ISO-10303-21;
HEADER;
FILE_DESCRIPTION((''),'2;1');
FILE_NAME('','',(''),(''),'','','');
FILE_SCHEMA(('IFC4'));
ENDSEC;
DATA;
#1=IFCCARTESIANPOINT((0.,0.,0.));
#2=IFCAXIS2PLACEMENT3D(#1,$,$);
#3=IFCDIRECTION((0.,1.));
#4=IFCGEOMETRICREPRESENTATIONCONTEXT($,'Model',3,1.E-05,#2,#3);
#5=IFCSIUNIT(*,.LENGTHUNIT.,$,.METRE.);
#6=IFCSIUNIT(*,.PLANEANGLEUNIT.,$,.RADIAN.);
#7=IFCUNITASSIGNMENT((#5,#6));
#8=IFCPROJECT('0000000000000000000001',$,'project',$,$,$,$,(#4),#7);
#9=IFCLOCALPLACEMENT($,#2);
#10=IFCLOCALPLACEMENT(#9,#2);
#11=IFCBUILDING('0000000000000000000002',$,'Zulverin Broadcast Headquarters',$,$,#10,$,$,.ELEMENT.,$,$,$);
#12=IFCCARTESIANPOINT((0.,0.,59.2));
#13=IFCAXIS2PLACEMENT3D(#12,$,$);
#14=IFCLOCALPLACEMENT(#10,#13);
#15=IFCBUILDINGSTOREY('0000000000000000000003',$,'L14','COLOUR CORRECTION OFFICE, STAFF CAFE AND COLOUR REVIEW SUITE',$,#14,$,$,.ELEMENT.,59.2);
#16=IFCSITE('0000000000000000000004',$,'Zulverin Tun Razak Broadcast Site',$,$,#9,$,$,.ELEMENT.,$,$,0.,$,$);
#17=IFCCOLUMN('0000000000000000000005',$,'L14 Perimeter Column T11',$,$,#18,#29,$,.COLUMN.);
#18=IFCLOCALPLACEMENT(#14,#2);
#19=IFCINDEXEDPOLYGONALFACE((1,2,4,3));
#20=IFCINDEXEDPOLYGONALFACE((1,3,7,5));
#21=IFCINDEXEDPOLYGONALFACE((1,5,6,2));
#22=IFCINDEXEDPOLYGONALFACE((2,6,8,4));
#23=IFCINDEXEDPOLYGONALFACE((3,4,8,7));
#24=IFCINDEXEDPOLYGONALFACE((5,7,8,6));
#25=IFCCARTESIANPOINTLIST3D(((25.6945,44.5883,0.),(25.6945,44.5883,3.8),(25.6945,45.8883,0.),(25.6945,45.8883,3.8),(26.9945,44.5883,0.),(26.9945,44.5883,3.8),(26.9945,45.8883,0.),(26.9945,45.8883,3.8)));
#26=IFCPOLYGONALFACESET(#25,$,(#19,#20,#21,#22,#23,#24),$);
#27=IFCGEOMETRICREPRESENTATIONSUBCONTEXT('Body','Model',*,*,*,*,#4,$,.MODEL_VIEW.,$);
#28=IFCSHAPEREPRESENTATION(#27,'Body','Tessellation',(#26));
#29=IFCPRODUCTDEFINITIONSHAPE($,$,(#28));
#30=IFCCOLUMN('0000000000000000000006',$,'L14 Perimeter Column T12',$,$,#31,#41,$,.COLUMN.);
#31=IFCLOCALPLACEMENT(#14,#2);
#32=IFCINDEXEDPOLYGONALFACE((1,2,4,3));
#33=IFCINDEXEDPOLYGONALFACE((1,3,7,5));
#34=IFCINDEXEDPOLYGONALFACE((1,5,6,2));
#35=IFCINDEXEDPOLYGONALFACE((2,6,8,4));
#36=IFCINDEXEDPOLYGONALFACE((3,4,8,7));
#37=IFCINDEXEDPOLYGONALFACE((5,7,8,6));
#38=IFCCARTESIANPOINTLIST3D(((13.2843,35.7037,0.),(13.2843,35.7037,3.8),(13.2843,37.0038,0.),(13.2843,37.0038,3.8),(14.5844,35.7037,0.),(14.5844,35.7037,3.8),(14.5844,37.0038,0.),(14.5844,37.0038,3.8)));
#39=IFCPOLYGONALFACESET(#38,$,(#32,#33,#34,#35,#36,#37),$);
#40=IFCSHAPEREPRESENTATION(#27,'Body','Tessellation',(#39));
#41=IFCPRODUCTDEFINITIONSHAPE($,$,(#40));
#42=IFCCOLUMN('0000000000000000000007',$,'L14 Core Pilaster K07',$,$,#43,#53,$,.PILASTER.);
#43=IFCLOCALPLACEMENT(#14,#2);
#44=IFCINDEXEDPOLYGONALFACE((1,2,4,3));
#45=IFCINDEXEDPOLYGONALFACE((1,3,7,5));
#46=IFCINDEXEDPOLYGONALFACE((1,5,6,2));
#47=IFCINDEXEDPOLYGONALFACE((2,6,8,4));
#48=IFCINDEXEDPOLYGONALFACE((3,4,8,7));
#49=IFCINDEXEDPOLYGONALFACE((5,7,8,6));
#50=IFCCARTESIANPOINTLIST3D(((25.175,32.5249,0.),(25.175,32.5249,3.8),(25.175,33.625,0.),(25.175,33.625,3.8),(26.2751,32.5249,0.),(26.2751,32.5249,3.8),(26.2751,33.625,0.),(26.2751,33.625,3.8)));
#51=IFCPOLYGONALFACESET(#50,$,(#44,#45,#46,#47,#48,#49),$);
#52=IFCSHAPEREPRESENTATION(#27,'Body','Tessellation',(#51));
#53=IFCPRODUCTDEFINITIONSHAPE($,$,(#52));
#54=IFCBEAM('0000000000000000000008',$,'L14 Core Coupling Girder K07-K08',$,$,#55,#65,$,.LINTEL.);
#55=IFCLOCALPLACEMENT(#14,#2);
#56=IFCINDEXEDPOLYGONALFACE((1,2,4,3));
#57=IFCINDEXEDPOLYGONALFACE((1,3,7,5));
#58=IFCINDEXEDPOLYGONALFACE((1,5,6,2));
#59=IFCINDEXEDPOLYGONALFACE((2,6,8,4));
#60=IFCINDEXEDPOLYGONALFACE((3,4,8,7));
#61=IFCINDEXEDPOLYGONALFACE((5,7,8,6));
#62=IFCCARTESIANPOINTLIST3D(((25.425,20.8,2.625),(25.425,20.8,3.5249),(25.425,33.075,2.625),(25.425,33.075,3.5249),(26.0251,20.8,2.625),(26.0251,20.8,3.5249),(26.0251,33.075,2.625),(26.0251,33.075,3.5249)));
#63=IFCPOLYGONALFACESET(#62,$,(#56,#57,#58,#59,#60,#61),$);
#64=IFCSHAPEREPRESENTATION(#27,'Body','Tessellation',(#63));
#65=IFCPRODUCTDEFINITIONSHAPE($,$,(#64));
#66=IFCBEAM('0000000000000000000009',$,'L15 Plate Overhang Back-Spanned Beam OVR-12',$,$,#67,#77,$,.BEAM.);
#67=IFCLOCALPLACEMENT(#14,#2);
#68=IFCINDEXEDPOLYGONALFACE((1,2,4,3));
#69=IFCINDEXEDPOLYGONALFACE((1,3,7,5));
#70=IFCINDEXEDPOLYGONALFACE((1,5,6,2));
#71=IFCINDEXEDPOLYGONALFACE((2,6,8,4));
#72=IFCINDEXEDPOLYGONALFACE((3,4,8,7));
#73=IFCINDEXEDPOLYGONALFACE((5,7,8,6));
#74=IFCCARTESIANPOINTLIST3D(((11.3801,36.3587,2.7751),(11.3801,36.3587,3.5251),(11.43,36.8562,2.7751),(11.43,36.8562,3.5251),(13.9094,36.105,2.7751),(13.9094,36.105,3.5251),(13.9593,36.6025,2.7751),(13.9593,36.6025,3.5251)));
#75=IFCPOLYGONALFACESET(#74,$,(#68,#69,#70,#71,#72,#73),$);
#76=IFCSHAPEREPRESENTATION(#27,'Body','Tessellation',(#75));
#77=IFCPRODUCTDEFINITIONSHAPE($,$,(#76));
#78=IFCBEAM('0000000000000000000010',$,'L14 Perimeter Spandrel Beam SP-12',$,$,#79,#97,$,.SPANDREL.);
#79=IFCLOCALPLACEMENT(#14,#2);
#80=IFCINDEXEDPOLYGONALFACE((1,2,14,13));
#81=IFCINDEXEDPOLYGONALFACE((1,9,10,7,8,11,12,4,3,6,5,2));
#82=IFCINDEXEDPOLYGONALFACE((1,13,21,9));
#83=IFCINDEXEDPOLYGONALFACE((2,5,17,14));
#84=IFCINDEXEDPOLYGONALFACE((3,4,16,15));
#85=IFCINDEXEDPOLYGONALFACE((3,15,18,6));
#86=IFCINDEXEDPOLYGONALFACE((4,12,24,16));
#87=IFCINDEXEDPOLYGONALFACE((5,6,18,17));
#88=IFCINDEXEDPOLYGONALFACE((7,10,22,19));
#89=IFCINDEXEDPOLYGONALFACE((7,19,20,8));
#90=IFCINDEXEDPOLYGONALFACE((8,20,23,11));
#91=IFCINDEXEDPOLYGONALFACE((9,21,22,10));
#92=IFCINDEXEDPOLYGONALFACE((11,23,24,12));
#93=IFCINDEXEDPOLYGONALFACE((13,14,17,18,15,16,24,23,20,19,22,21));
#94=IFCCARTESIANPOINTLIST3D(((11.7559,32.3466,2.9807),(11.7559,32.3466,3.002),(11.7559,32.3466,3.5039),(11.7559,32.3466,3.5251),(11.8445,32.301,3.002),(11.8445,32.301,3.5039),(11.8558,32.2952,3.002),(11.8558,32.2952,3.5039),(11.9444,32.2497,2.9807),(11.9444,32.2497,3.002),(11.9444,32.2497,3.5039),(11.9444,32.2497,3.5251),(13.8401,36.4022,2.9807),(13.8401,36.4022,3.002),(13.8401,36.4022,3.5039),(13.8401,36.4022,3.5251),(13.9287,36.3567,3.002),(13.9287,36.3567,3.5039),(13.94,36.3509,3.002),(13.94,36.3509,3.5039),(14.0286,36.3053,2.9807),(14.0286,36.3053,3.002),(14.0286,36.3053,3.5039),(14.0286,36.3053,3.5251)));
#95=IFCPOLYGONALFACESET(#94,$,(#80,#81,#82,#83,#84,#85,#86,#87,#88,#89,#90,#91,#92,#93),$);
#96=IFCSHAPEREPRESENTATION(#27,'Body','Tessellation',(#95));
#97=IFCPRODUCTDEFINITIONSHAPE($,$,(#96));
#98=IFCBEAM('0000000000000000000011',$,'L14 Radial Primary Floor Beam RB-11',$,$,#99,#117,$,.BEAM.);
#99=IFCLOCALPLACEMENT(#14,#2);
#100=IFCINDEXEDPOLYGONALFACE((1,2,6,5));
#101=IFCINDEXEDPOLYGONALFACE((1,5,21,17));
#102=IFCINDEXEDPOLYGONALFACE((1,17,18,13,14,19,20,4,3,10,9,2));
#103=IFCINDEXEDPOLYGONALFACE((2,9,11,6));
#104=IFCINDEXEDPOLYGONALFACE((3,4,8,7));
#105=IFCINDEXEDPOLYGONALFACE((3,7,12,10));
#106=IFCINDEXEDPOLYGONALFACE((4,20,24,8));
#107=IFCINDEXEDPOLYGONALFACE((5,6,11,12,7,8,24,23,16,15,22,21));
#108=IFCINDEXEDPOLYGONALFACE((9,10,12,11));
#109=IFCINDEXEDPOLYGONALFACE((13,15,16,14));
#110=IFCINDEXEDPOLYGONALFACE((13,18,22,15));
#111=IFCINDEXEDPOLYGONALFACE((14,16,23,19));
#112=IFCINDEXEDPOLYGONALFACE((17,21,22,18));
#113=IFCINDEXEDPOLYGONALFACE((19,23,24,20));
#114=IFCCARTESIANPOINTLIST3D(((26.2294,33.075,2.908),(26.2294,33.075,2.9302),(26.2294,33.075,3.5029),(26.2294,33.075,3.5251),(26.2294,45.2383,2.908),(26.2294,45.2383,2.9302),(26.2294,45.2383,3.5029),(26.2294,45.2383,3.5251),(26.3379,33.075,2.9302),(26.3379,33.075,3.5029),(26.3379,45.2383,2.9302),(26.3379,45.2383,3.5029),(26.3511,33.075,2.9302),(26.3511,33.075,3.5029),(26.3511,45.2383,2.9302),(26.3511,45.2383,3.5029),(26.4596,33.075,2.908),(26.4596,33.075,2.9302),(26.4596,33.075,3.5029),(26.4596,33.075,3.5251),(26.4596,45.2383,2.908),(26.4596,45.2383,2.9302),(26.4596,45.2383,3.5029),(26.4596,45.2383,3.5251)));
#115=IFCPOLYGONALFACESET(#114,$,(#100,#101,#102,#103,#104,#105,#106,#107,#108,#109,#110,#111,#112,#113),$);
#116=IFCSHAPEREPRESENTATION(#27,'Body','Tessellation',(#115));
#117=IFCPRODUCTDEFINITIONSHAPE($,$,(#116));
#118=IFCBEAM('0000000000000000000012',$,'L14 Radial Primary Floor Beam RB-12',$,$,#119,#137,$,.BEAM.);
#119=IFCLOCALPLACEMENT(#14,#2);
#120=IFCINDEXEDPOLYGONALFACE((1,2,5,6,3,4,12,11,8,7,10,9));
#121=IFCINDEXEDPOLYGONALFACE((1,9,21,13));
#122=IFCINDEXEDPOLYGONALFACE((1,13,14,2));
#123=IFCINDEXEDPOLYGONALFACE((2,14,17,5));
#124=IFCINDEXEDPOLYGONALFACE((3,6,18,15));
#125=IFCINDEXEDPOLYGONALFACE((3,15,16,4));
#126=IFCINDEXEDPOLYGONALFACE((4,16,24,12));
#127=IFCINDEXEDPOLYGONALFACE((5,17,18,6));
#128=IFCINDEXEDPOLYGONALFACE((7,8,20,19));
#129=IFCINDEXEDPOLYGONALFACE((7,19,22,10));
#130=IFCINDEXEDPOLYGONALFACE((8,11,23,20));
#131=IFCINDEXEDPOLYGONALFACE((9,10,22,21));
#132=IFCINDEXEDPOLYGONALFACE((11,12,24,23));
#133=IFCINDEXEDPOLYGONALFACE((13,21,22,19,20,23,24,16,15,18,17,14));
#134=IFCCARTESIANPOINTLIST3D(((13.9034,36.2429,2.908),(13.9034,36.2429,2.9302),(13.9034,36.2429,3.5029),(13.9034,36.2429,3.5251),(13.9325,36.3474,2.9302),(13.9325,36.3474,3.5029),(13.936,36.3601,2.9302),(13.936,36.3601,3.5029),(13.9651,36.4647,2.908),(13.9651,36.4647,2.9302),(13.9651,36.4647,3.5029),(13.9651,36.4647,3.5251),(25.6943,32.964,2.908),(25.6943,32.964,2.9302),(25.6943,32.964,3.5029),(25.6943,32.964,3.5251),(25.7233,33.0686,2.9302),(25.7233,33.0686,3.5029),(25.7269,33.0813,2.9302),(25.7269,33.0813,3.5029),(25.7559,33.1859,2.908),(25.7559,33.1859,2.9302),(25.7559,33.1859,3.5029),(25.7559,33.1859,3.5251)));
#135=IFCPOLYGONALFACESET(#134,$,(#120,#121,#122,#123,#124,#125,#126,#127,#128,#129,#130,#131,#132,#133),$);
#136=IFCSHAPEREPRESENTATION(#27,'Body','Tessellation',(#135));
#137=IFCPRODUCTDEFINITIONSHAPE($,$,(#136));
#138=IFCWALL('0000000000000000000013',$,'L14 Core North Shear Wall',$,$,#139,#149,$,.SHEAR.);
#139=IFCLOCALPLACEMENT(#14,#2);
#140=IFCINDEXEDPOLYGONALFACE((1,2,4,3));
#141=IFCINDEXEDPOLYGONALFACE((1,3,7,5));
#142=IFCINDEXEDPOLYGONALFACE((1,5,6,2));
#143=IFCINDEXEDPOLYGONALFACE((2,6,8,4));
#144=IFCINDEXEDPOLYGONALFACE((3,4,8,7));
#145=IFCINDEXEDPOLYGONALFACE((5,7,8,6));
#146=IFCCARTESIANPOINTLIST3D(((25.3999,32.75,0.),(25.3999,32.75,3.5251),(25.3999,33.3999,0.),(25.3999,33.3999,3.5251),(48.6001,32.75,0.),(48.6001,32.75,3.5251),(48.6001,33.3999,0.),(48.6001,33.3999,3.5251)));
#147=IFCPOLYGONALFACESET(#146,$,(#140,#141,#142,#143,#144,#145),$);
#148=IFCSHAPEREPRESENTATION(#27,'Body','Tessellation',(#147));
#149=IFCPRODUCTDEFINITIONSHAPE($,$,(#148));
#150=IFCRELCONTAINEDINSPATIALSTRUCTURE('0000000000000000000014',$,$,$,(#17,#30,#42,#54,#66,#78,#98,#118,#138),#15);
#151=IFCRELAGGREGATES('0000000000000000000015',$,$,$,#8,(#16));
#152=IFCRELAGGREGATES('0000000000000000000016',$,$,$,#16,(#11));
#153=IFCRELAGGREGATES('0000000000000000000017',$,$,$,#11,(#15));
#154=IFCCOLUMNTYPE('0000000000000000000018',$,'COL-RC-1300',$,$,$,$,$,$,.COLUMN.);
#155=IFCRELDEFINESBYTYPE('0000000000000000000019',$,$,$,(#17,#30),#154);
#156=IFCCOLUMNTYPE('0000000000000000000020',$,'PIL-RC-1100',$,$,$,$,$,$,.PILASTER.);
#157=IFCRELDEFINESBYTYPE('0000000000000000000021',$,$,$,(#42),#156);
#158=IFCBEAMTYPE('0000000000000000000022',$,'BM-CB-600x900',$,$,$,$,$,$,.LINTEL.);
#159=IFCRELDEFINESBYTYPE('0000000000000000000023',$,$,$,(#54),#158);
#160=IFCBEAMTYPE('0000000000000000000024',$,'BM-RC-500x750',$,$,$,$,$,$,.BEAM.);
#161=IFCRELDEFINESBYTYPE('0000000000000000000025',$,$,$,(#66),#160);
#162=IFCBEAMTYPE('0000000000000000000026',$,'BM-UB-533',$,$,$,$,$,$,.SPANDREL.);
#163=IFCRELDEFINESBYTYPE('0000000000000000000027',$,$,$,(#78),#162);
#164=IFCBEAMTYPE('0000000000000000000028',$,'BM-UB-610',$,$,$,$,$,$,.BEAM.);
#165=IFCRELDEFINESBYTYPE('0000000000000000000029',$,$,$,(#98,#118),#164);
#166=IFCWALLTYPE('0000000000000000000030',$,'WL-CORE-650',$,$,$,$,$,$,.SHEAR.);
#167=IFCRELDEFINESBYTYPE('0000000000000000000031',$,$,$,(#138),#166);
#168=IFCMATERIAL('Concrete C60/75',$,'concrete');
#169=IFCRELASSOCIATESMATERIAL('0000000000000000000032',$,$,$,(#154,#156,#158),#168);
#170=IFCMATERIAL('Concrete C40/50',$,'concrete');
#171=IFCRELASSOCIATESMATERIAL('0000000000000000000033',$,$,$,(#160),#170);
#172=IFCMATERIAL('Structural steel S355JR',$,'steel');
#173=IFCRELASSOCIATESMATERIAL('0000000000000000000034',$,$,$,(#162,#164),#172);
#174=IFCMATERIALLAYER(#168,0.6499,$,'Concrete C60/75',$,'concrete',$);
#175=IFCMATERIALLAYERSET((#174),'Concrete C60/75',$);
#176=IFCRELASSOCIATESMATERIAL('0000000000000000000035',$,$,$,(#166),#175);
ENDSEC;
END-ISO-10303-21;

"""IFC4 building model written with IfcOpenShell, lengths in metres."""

from ifc_helpers import new_model, si_unit, direction, frame, frame_2d, origin, origin_2d, place, context, subcontext, project, spatial, rectangle, i_section, extrude, material, layer, layer_set, material_profile, profile_set, type_object, element, save


model = new_model("IFC4")

# Units and contexts
model_context = context("Model", 3, precision=1e-05, world=origin(), true_north=direction((0.0, 1.0)))
body_context = subcontext(model_context, "Body", "Model", "MODEL_VIEW")
ifc_project = project(units=[si_unit("LENGTHUNIT", "METRE"), si_unit("PLANEANGLEUNIT", "RADIAN")], contexts=[model_context])

# Site, building, storey
site_placement = place(None, origin())
site = spatial("IfcSite", under=ifc_project, at=site_placement, Name="Zulverin Tun Razak Broadcast Site", CompositionType="ELEMENT", RefElevation=0.0)
building_placement = place(site_placement, origin())
building = spatial("IfcBuilding", under=site, at=building_placement, Name="Zulverin Broadcast Headquarters", CompositionType="ELEMENT")
storey_placement = place(building_placement, frame((0.0, 0.0, 59.2)))
storey = spatial("IfcBuildingStorey", under=building, at=storey_placement, Name="L14", Description="COLOUR CORRECTION OFFICE, STAFF CAFE AND COLOUR REVIEW SUITE", CompositionType="ELEMENT", Elevation=59.2)

# Columns
ifc_material_1 = material(Name="Concrete C60/75", Category="concrete")
ifc_material_profile_1 = material_profile(ifc_material_1, rectangle(XDim=1.3, YDim=1.3, at=origin_2d()), Name="Concrete C60/75", Category="concrete")
ifc_profile_set_1 = profile_set([ifc_material_profile_1], Name="Concrete C60/75")
column_type_1 = type_object("IfcColumnType", Name="COL-RC-1300", PredefinedType="COLUMN", material=ifc_profile_set_1)
for number, where, z_axis, x_axis, name in (
    (1, (26.3445, 45.2383, 0.0), (0.0, 0.0, 1.0), (1.0, 0.0, 0.0), "L14 Perimeter Column T11"),
    (2, (13.9343, 36.3538, 0.0), (0.0, 0.0, 1.0), (1.0, 0.0, 0.0), "L14 Perimeter Column T12"),
):
    element("IfcColumn", number, at=place(storey_placement, frame(where, z_axis=z_axis, x_axis=x_axis)), inside=storey, type_object=column_type_1, Name=name, PredefinedType="COLUMN", context=body_context, shape_type="SweptSolid", body=[
        extrude(rectangle(XDim=1.3, YDim=1.3, at=origin_2d()), origin(), (0.0, 0.0, 1.0), 3.8),
    ])
ifc_material_profile_2 = material_profile(ifc_material_1, rectangle(XDim=1.1001, YDim=1.1001, at=origin_2d()), Name="Concrete C60/75", Category="concrete")
ifc_profile_set_2 = profile_set([ifc_material_profile_2], Name="Concrete C60/75")
column_type_2 = type_object("IfcColumnType", Name="PIL-RC-1100", PredefinedType="PILASTER", material=ifc_profile_set_2)
column_placement = place(storey_placement, frame((25.7251, 33.075, 0.0), z_axis=(0.0, 0.0, 1.0), x_axis=(1.0, 0.0, 0.0)))
element("IfcColumn", 3, at=column_placement, inside=storey, type_object=column_type_2, Name="L14 Core Pilaster K07", PredefinedType="PILASTER", context=body_context, shape_type="SweptSolid", body=[
    extrude(rectangle(XDim=1.1001, YDim=1.1001, at=origin_2d()), origin(), (0.0, 0.0, 1.0), 3.8),
])

# Beams
ifc_material_profile_3 = material_profile(ifc_material_1, rectangle(XDim=0.6001, YDim=0.8999, at=origin_2d()), Name="Concrete C60/75", Category="concrete")
ifc_profile_set_3 = profile_set([ifc_material_profile_3], Name="Concrete C60/75")
beam_type_1 = type_object("IfcBeamType", Name="BM-CB-600x900", PredefinedType="LINTEL", material=ifc_profile_set_3)
beam_1_placement = place(storey_placement, frame((25.7251, 33.075, 3.075), z_axis=(0.0, -1.0, 0.0), x_axis=(1.0, 0.0, 0.0)))
element("IfcBeam", 4, at=beam_1_placement, inside=storey, type_object=beam_type_1, Name="L14 Core Coupling Girder K07-K08", PredefinedType="LINTEL", context=body_context, shape_type="SweptSolid", body=[
    extrude(rectangle(XDim=0.6001, YDim=0.8999, at=origin_2d()), origin(), (0.0, 0.0, 1.0), 12.2749),
])
ifc_material_2 = material(Name="Concrete C40/50", Category="concrete")
ifc_material_profile_4 = material_profile(ifc_material_2, rectangle(XDim=0.5, YDim=0.75, at=origin_2d()), Name="Concrete C40/50", Category="concrete")
ifc_profile_set_4 = profile_set([ifc_material_profile_4], Name="Concrete C40/50")
beam_type_2 = type_object("IfcBeamType", Name="BM-RC-500x750", PredefinedType="BEAM", material=ifc_profile_set_4)
beam_2_placement = place(storey_placement, frame((13.9343, 36.3538, 3.1501), z_axis=(-0.995009, 0.099789, 0.0), x_axis=(-0.099789, -0.995009, 0.0)))
element("IfcBeam", 5, at=beam_2_placement, inside=storey, type_object=beam_type_2, Name="L15 Plate Overhang Back-Spanned Beam OVR-12", PredefinedType="BEAM", context=body_context, shape_type="SweptSolid", body=[
    extrude(rectangle(XDim=0.5, YDim=0.75, at=origin_2d()), origin(), (0.0, 0.0, 1.0), 2.542),
])
ifc_material_3 = material(Name="Structural steel S355JR", Category="steel")
ifc_material_profile_5 = material_profile(ifc_material_3, i_section(OverallWidth=0.2119, OverallDepth=0.5444, WebThickness=0.0127, FlangeThickness=0.0212, at=origin_2d()), Name="Structural steel S355JR", Category="steel")
ifc_profile_set_5 = profile_set([ifc_material_profile_5], Name="Structural steel S355JR")
beam_type_3 = type_object("IfcBeamType", Name="BM-UB-533", PredefinedType="SPANDREL", material=ifc_profile_set_5)
beam_3_placement = place(storey_placement, frame((13.9343, 36.3538, 3.2529), z_axis=(-0.457081, -0.889425, 0.0), x_axis=(0.889425, -0.457081, 0.0)))
element("IfcBeam", 6, at=beam_3_placement, inside=storey, type_object=beam_type_3, Name="L14 Perimeter Spandrel Beam SP-12", PredefinedType="SPANDREL", context=body_context, shape_type="SweptSolid", body=[
    extrude(i_section(OverallWidth=0.2119, OverallDepth=0.5444, WebThickness=0.0127, FlangeThickness=0.0212, at=origin_2d()), origin(), (0.0, 0.0, 1.0), 4.5598),
])
ifc_material_profile_6 = material_profile(ifc_material_3, i_section(OverallWidth=0.2302, OverallDepth=0.6172, WebThickness=0.0132, FlangeThickness=0.0222, at=origin_2d()), Name="Structural steel S355JR", Category="steel")
ifc_profile_set_6 = profile_set([ifc_material_profile_6], Name="Structural steel S355JR")
beam_type_4 = type_object("IfcBeamType", Name="BM-UB-610", PredefinedType="BEAM", material=ifc_profile_set_6)
beam_4_placement = place(storey_placement, frame((26.3445, 33.075, 3.2166), z_axis=(0.0, 1.0, 0.0), x_axis=(-1.0, 0.0, 0.0)))
element("IfcBeam", 7, at=beam_4_placement, inside=storey, type_object=beam_type_4, Name="L14 Radial Primary Floor Beam RB-11", PredefinedType="BEAM", context=body_context, shape_type="SweptSolid", body=[
    extrude(i_section(OverallWidth=0.2302, OverallDepth=0.6172, WebThickness=0.0132, FlangeThickness=0.0222, at=origin_2d()), origin(), (0.0, 0.0, 1.0), 12.1633),
])
beam_5_placement = place(storey_placement, frame((25.7251, 33.075, 3.2166), z_axis=(-0.963442, 0.267917, 0.0), x_axis=(-0.267917, -0.963442, 0.0)))
element("IfcBeam", 8, at=beam_5_placement, inside=storey, type_object=beam_type_4, Name="L14 Radial Primary Floor Beam RB-12", PredefinedType="BEAM", context=body_context, shape_type="SweptSolid", body=[
    extrude(i_section(OverallWidth=0.2302, OverallDepth=0.6172, WebThickness=0.0132, FlangeThickness=0.0222, at=origin_2d()), origin(), (0.0, 0.0, 1.0), 12.2383),
])

# Wall
ifc_layer_1 = layer(ifc_material_1, 0.6499, Name="Concrete C60/75", Category="concrete")
ifc_layer_set_1 = layer_set([ifc_layer_1], Name="Concrete C60/75")
wall_type_1 = type_object("IfcWallType", Name="WL-CORE-650", PredefinedType="SHEAR", material=ifc_layer_set_1)
wall_1_placement = place(storey_placement, frame((25.3999, 33.075, 0.0), z_axis=(0.0, 0.0, 1.0), x_axis=(1.0, 0.0, 0.0)))
element("IfcWall", 9, at=wall_1_placement, inside=storey, type_object=wall_type_1, Name="L14 Core North Shear Wall", PredefinedType="SHEAR", context=body_context, shape_type="SweptSolid", body=[
    extrude(rectangle(XDim=23.2002, YDim=0.6499, at=frame_2d((11.6001, 0.0))), origin(), (0.0, 0.0, 1.0), 3.5251),
])

save(model, "model.ifc")
